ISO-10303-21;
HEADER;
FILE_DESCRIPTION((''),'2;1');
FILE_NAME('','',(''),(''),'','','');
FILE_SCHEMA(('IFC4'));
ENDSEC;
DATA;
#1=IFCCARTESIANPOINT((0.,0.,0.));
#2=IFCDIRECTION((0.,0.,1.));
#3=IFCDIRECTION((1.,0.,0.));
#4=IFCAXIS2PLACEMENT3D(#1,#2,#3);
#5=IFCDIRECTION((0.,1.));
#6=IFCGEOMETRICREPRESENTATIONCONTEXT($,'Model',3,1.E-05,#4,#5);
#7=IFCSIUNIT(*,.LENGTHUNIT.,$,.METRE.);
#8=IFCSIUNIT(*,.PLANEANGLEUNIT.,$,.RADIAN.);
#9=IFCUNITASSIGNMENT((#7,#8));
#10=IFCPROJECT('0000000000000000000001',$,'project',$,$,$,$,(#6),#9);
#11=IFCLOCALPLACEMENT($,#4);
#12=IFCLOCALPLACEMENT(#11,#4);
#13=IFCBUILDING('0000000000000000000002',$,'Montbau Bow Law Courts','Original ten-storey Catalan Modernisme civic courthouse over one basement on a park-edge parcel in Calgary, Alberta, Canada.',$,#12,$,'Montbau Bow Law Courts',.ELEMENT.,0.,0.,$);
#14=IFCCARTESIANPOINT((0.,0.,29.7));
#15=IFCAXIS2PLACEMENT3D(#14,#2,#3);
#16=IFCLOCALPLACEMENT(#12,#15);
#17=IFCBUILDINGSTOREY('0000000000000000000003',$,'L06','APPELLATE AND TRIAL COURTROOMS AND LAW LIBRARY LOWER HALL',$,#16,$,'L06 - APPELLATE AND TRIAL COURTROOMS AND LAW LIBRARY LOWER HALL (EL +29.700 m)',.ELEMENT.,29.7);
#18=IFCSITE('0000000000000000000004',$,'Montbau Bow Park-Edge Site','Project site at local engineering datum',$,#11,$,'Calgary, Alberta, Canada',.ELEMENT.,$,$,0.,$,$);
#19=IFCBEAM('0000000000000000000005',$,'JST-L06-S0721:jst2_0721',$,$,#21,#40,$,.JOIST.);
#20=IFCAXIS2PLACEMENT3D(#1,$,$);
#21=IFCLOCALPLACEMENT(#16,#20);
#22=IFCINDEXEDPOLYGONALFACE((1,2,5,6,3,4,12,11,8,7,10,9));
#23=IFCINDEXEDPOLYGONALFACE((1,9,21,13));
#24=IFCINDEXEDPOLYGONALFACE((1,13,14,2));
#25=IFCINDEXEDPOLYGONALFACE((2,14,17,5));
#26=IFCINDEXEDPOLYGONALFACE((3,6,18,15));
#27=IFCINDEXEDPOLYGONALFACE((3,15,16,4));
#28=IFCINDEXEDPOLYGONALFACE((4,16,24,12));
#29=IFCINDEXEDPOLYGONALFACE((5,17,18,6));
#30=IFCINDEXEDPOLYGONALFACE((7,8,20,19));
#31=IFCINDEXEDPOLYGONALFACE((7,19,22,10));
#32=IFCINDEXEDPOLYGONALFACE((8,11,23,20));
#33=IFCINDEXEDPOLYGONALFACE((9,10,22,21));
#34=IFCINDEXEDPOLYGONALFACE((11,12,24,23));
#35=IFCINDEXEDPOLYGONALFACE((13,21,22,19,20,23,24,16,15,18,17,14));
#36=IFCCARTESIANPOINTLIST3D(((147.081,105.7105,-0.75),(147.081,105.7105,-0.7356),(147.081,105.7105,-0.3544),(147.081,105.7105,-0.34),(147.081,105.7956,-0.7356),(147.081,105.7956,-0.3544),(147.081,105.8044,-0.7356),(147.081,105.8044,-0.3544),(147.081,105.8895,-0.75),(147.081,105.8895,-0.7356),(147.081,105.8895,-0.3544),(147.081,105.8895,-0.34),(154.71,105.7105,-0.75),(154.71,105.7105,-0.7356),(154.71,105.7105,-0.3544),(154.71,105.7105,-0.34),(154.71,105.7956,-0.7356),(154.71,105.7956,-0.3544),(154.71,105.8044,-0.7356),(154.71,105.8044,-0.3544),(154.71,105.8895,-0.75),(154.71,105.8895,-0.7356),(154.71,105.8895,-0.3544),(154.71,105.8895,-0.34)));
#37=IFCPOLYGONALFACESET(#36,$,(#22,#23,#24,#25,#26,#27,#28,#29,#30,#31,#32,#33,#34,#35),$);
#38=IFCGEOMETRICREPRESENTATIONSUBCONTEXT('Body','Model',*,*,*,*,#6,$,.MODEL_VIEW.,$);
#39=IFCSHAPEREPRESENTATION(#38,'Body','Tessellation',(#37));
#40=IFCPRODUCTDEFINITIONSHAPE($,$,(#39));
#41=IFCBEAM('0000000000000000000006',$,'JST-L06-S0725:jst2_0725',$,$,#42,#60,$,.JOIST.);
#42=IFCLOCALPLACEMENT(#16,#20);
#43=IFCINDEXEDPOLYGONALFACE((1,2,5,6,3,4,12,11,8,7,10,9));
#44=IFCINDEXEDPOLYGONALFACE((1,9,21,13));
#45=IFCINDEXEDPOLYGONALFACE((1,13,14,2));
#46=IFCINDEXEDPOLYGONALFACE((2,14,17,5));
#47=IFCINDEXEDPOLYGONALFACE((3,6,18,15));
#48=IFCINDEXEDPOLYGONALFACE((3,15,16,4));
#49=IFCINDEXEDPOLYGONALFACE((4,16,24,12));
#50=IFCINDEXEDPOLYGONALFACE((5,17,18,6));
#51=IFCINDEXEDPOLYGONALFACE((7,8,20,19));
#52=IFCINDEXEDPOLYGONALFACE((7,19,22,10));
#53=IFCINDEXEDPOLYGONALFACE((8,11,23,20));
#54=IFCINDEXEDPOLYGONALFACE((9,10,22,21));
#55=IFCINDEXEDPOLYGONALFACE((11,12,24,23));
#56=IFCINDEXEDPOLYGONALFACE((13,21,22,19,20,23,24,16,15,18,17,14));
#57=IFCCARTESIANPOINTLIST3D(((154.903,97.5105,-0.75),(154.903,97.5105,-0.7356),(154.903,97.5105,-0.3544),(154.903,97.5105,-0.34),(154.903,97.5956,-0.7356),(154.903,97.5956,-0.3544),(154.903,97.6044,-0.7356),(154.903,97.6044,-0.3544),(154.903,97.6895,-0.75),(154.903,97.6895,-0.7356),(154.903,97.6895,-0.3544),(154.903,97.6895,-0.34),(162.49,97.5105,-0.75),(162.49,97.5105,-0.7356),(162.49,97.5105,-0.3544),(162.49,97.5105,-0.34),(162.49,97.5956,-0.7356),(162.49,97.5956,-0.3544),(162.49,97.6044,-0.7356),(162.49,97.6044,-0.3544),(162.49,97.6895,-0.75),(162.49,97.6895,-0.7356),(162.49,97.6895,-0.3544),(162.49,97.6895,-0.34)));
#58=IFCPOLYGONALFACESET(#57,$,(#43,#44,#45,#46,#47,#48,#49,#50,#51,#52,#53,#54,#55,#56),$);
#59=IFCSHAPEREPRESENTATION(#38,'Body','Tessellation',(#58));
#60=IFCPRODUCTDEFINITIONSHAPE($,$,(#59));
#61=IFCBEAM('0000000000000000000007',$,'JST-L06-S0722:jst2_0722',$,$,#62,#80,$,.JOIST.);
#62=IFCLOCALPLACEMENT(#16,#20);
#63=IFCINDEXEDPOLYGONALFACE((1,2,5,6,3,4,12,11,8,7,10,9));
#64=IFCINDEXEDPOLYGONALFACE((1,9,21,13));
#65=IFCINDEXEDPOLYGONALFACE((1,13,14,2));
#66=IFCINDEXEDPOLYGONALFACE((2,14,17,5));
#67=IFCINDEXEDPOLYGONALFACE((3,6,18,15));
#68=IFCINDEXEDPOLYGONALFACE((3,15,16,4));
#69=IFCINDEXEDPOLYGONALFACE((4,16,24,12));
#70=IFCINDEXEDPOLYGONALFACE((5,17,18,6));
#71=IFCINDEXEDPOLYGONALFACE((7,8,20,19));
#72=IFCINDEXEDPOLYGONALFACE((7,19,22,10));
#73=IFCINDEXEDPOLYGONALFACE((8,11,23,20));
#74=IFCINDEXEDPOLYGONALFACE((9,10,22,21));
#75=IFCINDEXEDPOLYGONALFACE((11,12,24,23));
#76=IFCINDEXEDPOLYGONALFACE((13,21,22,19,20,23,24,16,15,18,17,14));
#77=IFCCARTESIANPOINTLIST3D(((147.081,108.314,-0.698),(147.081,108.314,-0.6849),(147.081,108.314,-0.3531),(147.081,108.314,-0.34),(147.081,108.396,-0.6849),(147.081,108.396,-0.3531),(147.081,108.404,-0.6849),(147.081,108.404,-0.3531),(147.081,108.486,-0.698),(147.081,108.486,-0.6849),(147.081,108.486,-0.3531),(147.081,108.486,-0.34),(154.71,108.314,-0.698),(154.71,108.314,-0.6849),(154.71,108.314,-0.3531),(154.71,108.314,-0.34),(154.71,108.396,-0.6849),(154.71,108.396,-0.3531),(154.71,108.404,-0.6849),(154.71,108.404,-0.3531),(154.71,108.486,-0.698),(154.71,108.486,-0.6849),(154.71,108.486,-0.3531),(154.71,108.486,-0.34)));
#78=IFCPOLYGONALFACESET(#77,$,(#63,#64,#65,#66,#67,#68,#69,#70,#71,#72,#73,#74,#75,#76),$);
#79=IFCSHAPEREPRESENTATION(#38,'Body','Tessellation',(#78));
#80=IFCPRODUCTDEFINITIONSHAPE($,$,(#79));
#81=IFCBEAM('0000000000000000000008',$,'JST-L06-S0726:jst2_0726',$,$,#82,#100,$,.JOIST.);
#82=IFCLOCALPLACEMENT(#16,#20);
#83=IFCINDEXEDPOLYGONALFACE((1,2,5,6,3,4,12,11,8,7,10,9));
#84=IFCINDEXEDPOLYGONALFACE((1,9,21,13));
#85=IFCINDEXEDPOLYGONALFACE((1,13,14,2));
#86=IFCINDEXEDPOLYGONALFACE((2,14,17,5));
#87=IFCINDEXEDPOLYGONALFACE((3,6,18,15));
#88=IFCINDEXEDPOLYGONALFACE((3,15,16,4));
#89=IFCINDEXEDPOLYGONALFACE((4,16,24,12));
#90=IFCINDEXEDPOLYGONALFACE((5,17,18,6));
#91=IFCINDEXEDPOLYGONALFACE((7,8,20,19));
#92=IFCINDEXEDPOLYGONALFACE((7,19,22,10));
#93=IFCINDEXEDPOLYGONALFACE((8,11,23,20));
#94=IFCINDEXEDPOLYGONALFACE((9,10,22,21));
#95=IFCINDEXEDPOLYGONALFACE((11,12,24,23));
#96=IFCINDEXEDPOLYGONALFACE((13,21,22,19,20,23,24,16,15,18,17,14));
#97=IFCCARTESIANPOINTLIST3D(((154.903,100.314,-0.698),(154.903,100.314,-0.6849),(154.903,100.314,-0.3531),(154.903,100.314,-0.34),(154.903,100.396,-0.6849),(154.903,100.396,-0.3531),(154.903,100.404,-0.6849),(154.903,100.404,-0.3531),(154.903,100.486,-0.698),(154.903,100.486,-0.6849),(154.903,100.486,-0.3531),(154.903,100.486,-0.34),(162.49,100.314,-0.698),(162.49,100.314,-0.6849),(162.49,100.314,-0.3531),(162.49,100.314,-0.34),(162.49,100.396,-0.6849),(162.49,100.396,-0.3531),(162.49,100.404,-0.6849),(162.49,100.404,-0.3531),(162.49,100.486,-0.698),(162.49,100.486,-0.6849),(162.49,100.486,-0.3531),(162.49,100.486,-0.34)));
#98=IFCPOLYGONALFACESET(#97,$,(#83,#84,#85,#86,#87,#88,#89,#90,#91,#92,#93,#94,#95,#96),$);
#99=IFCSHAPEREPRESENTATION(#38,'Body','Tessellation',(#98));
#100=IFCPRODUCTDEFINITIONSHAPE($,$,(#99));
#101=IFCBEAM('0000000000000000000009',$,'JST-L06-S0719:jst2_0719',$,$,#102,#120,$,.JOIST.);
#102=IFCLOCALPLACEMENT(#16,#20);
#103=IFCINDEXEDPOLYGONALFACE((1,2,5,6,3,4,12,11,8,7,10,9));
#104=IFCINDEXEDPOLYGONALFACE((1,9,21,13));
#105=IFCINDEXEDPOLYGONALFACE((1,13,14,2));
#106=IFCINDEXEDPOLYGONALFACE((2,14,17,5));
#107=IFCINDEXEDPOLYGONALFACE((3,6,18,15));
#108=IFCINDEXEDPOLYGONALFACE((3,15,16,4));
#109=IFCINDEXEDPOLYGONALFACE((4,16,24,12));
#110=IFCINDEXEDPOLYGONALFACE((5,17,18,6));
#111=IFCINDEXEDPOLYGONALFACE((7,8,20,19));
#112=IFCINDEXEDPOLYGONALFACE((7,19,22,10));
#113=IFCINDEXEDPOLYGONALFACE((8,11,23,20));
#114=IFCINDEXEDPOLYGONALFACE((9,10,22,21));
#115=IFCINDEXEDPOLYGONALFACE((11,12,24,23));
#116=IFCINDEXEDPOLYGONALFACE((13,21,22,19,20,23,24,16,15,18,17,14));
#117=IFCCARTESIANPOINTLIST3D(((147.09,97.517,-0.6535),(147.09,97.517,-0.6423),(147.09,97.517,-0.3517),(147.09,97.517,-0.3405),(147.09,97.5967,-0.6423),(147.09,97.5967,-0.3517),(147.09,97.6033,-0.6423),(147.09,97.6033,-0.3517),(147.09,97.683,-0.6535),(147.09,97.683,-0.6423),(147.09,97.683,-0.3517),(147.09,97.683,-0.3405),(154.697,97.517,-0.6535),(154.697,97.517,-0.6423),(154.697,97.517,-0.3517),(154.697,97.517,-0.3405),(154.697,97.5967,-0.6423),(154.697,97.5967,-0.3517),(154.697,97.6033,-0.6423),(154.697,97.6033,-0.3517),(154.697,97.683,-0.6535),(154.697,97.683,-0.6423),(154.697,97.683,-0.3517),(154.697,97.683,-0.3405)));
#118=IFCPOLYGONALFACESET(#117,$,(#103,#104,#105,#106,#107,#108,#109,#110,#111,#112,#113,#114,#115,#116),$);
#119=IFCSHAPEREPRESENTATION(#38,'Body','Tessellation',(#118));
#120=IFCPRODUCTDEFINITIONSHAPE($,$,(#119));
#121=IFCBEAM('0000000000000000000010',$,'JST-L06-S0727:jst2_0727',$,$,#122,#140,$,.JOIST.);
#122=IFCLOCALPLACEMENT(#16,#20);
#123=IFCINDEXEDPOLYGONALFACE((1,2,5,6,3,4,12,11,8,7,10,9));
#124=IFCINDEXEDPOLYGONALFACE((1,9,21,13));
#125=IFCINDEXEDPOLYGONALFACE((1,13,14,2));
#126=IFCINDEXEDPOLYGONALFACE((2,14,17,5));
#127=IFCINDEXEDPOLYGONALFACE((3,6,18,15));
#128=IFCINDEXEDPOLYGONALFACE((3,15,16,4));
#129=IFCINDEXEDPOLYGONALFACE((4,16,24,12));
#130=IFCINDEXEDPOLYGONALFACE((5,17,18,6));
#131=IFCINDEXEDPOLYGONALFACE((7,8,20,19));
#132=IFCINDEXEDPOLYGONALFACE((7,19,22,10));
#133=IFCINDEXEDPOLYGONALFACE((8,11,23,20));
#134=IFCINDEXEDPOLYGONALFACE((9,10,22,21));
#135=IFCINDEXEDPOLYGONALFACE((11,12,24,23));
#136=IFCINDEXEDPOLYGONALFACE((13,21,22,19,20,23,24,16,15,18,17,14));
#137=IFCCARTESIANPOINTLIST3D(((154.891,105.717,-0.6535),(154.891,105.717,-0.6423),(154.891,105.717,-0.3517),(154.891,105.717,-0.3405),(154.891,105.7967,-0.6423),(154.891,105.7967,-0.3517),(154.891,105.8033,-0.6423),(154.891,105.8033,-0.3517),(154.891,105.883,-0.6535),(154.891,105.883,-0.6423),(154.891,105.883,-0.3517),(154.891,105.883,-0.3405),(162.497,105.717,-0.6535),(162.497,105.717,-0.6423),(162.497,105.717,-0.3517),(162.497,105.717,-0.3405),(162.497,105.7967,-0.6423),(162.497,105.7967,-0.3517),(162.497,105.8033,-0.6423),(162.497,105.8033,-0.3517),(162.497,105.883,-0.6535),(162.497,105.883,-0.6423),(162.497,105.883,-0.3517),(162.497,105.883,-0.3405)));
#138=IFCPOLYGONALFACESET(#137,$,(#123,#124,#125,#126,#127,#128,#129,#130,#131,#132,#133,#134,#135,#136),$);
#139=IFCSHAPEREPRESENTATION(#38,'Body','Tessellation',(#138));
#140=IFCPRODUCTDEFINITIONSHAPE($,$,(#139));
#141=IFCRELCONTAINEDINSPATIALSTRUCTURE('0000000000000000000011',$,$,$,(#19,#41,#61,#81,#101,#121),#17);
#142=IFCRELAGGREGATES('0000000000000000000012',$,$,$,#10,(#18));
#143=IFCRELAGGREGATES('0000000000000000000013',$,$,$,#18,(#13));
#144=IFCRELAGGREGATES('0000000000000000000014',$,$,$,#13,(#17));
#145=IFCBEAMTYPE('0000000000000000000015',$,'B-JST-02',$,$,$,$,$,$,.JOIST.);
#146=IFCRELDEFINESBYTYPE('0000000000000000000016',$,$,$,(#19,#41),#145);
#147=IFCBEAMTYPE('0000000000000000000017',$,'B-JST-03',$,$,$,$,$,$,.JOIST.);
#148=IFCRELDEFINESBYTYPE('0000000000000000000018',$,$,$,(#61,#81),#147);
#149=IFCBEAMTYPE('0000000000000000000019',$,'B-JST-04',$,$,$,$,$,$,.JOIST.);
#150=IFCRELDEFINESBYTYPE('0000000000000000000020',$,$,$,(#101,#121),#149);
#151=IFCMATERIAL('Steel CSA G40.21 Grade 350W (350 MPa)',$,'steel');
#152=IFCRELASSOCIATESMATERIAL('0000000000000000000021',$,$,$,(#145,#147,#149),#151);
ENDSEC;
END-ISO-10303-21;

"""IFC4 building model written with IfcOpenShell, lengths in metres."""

from ifc_helpers import new_model, si_unit, direction, frame, origin_with_axes, origin_2d_with_axis, place, context, subcontext, project, spatial, i_section, extrude, material, material_profile, profile_set, type_object, element, save


model = new_model("IFC4")

# Units and contexts
model_context = context("Model", 3, precision=1e-05, world=origin_with_axes(), true_north=direction((0.0, 1.0)))
body_context = subcontext(model_context, "Body", "Model", "MODEL_VIEW")
ifc_project = project(units=[si_unit("LENGTHUNIT", "METRE"), si_unit("PLANEANGLEUNIT", "RADIAN")], contexts=[model_context])

# Site, building, storey
site_placement = place(None, origin_with_axes())
site = spatial("IfcSite", under=ifc_project, at=site_placement, Name="Montbau Bow Park-Edge Site", Description="Project site at local engineering datum", LongName="Calgary, Alberta, Canada", CompositionType="ELEMENT", RefElevation=0.0)
building_placement = place(site_placement, origin_with_axes())
building = spatial("IfcBuilding", under=site, at=building_placement, Name="Montbau Bow Law Courts", Description="Original ten-storey Catalan Modernisme civic courthouse over one basement on a park-edge parcel in Calgary, Alberta, Canada.", LongName="Montbau Bow Law Courts", CompositionType="ELEMENT", ElevationOfRefHeight=0.0, ElevationOfTerrain=0.0)
storey_placement = place(building_placement, frame((0.0, 0.0, 29.7), z_axis=(0.0, 0.0, 1.0), x_axis=(1.0, 0.0, 0.0)))
storey = spatial("IfcBuildingStorey", under=building, at=storey_placement, Name="L06", Description="APPELLATE AND TRIAL COURTROOMS AND LAW LIBRARY LOWER HALL", LongName="L06 - APPELLATE AND TRIAL COURTROOMS AND LAW LIBRARY LOWER HALL (EL +29.700 m)", CompositionType="ELEMENT", Elevation=29.7)

# Shared definitions
ifc_material_1 = material(Name="Steel CSA G40.21 Grade 350W (350 MPa)", Category="steel")

# Beams
ifc_material_profile_1 = material_profile(ifc_material_1, i_section(OverallWidth=0.179, OverallDepth=0.41, WebThickness=0.0088, FlangeThickness=0.0144, at=origin_2d_with_axis()), Name="W410X67", Category="Main", Priority=0)
ifc_profile_set_1 = profile_set([ifc_material_profile_1], Name="Steel CSA G40.21 Grade 350W (350 MPa)")
beam_type_1 = type_object("IfcBeamType", Name="B-JST-02", PredefinedType="JOIST", material=ifc_profile_set_1)
beam_1_placement = place(None, frame((147.081, 105.8, 29.155), z_axis=(1.0, 0.0, 0.0), x_axis=(0.0, 1.0, 0.0)))
element("IfcBeam", 1, at=beam_1_placement, inside=storey, type_object=beam_type_1, Name="JST-L06-S0721:jst2_0721", PredefinedType="JOIST", context=body_context, shape_type="SweptSolid", body=[
    extrude(i_section(OverallWidth=0.179, OverallDepth=0.41, WebThickness=0.0088, FlangeThickness=0.0144, at=origin_2d_with_axis()), origin_with_axes(), (0.0, 0.0, 1.0), 7.629),
])
beam_2_placement = place(None, frame((154.903, 97.6, 29.155), z_axis=(1.0, 0.0, 0.0), x_axis=(0.0, 1.0, 0.0)))
element("IfcBeam", 2, at=beam_2_placement, inside=storey, type_object=beam_type_1, Name="JST-L06-S0725:jst2_0725", PredefinedType="JOIST", context=body_context, shape_type="SweptSolid", body=[
    extrude(i_section(OverallWidth=0.179, OverallDepth=0.41, WebThickness=0.0088, FlangeThickness=0.0144, at=origin_2d_with_axis()), origin_with_axes(), (0.0, 0.0, 1.0), 7.587),
])
ifc_material_profile_2 = material_profile(ifc_material_1, i_section(OverallWidth=0.172, OverallDepth=0.358, WebThickness=0.0079, FlangeThickness=0.0131, at=origin_2d_with_axis()), Name="W360X57", Category="Main", Priority=0)
ifc_profile_set_2 = profile_set([ifc_material_profile_2], Name="Steel CSA G40.21 Grade 350W (350 MPa)")
beam_type_2 = type_object("IfcBeamType", Name="B-JST-03", PredefinedType="JOIST", material=ifc_profile_set_2)
beam_3_placement = place(None, frame((147.081, 108.4, 29.181), z_axis=(1.0, 0.0, 0.0), x_axis=(0.0, 1.0, 0.0)))
element("IfcBeam", 3, at=beam_3_placement, inside=storey, type_object=beam_type_2, Name="JST-L06-S0722:jst2_0722", PredefinedType="JOIST", context=body_context, shape_type="SweptSolid", body=[
    extrude(i_section(OverallWidth=0.172, OverallDepth=0.358, WebThickness=0.0079, FlangeThickness=0.0131, at=origin_2d_with_axis()), origin_with_axes(), (0.0, 0.0, 1.0), 7.629),
])
beam_4_placement = place(None, frame((154.903, 100.4, 29.181), z_axis=(1.0, 0.0, 0.0), x_axis=(0.0, 1.0, 0.0)))
element("IfcBeam", 4, at=beam_4_placement, inside=storey, type_object=beam_type_2, Name="JST-L06-S0726:jst2_0726", PredefinedType="JOIST", context=body_context, shape_type="SweptSolid", body=[
    extrude(i_section(OverallWidth=0.172, OverallDepth=0.358, WebThickness=0.0079, FlangeThickness=0.0131, at=origin_2d_with_axis()), origin_with_axes(), (0.0, 0.0, 1.0), 7.587),
])
ifc_material_profile_3 = material_profile(ifc_material_1, i_section(OverallWidth=0.166, OverallDepth=0.313, WebThickness=0.0066, FlangeThickness=0.0112, at=origin_2d_with_axis()), Name="W310X45", Category="Main", Priority=0)
ifc_profile_set_3 = profile_set([ifc_material_profile_3], Name="Steel CSA G40.21 Grade 350W (350 MPa)")
beam_type_3 = type_object("IfcBeamType", Name="B-JST-04", PredefinedType="JOIST", material=ifc_profile_set_3)
beam_5_placement = place(None, frame((147.09, 97.6, 29.203), z_axis=(1.0, 0.0, 0.0), x_axis=(0.0, 1.0, 0.0)))
element("IfcBeam", 5, at=beam_5_placement, inside=storey, type_object=beam_type_3, Name="JST-L06-S0719:jst2_0719", PredefinedType="JOIST", context=body_context, shape_type="SweptSolid", body=[
    extrude(i_section(OverallWidth=0.166, OverallDepth=0.313, WebThickness=0.0066, FlangeThickness=0.0112, at=origin_2d_with_axis()), origin_with_axes(), (0.0, 0.0, 1.0), 7.607),
])
beam_6_placement = place(None, frame((154.891, 105.8, 29.203), z_axis=(1.0, 0.0, 0.0), x_axis=(0.0, 1.0, 0.0)))
element("IfcBeam", 6, at=beam_6_placement, inside=storey, type_object=beam_type_3, Name="JST-L06-S0727:jst2_0727", PredefinedType="JOIST", context=body_context, shape_type="SweptSolid", body=[
    extrude(i_section(OverallWidth=0.166, OverallDepth=0.313, WebThickness=0.0066, FlangeThickness=0.0112, at=origin_2d_with_axis()), origin_with_axes(), (0.0, 0.0, 1.0), 7.606),
])

save(model, "model.ifc")
